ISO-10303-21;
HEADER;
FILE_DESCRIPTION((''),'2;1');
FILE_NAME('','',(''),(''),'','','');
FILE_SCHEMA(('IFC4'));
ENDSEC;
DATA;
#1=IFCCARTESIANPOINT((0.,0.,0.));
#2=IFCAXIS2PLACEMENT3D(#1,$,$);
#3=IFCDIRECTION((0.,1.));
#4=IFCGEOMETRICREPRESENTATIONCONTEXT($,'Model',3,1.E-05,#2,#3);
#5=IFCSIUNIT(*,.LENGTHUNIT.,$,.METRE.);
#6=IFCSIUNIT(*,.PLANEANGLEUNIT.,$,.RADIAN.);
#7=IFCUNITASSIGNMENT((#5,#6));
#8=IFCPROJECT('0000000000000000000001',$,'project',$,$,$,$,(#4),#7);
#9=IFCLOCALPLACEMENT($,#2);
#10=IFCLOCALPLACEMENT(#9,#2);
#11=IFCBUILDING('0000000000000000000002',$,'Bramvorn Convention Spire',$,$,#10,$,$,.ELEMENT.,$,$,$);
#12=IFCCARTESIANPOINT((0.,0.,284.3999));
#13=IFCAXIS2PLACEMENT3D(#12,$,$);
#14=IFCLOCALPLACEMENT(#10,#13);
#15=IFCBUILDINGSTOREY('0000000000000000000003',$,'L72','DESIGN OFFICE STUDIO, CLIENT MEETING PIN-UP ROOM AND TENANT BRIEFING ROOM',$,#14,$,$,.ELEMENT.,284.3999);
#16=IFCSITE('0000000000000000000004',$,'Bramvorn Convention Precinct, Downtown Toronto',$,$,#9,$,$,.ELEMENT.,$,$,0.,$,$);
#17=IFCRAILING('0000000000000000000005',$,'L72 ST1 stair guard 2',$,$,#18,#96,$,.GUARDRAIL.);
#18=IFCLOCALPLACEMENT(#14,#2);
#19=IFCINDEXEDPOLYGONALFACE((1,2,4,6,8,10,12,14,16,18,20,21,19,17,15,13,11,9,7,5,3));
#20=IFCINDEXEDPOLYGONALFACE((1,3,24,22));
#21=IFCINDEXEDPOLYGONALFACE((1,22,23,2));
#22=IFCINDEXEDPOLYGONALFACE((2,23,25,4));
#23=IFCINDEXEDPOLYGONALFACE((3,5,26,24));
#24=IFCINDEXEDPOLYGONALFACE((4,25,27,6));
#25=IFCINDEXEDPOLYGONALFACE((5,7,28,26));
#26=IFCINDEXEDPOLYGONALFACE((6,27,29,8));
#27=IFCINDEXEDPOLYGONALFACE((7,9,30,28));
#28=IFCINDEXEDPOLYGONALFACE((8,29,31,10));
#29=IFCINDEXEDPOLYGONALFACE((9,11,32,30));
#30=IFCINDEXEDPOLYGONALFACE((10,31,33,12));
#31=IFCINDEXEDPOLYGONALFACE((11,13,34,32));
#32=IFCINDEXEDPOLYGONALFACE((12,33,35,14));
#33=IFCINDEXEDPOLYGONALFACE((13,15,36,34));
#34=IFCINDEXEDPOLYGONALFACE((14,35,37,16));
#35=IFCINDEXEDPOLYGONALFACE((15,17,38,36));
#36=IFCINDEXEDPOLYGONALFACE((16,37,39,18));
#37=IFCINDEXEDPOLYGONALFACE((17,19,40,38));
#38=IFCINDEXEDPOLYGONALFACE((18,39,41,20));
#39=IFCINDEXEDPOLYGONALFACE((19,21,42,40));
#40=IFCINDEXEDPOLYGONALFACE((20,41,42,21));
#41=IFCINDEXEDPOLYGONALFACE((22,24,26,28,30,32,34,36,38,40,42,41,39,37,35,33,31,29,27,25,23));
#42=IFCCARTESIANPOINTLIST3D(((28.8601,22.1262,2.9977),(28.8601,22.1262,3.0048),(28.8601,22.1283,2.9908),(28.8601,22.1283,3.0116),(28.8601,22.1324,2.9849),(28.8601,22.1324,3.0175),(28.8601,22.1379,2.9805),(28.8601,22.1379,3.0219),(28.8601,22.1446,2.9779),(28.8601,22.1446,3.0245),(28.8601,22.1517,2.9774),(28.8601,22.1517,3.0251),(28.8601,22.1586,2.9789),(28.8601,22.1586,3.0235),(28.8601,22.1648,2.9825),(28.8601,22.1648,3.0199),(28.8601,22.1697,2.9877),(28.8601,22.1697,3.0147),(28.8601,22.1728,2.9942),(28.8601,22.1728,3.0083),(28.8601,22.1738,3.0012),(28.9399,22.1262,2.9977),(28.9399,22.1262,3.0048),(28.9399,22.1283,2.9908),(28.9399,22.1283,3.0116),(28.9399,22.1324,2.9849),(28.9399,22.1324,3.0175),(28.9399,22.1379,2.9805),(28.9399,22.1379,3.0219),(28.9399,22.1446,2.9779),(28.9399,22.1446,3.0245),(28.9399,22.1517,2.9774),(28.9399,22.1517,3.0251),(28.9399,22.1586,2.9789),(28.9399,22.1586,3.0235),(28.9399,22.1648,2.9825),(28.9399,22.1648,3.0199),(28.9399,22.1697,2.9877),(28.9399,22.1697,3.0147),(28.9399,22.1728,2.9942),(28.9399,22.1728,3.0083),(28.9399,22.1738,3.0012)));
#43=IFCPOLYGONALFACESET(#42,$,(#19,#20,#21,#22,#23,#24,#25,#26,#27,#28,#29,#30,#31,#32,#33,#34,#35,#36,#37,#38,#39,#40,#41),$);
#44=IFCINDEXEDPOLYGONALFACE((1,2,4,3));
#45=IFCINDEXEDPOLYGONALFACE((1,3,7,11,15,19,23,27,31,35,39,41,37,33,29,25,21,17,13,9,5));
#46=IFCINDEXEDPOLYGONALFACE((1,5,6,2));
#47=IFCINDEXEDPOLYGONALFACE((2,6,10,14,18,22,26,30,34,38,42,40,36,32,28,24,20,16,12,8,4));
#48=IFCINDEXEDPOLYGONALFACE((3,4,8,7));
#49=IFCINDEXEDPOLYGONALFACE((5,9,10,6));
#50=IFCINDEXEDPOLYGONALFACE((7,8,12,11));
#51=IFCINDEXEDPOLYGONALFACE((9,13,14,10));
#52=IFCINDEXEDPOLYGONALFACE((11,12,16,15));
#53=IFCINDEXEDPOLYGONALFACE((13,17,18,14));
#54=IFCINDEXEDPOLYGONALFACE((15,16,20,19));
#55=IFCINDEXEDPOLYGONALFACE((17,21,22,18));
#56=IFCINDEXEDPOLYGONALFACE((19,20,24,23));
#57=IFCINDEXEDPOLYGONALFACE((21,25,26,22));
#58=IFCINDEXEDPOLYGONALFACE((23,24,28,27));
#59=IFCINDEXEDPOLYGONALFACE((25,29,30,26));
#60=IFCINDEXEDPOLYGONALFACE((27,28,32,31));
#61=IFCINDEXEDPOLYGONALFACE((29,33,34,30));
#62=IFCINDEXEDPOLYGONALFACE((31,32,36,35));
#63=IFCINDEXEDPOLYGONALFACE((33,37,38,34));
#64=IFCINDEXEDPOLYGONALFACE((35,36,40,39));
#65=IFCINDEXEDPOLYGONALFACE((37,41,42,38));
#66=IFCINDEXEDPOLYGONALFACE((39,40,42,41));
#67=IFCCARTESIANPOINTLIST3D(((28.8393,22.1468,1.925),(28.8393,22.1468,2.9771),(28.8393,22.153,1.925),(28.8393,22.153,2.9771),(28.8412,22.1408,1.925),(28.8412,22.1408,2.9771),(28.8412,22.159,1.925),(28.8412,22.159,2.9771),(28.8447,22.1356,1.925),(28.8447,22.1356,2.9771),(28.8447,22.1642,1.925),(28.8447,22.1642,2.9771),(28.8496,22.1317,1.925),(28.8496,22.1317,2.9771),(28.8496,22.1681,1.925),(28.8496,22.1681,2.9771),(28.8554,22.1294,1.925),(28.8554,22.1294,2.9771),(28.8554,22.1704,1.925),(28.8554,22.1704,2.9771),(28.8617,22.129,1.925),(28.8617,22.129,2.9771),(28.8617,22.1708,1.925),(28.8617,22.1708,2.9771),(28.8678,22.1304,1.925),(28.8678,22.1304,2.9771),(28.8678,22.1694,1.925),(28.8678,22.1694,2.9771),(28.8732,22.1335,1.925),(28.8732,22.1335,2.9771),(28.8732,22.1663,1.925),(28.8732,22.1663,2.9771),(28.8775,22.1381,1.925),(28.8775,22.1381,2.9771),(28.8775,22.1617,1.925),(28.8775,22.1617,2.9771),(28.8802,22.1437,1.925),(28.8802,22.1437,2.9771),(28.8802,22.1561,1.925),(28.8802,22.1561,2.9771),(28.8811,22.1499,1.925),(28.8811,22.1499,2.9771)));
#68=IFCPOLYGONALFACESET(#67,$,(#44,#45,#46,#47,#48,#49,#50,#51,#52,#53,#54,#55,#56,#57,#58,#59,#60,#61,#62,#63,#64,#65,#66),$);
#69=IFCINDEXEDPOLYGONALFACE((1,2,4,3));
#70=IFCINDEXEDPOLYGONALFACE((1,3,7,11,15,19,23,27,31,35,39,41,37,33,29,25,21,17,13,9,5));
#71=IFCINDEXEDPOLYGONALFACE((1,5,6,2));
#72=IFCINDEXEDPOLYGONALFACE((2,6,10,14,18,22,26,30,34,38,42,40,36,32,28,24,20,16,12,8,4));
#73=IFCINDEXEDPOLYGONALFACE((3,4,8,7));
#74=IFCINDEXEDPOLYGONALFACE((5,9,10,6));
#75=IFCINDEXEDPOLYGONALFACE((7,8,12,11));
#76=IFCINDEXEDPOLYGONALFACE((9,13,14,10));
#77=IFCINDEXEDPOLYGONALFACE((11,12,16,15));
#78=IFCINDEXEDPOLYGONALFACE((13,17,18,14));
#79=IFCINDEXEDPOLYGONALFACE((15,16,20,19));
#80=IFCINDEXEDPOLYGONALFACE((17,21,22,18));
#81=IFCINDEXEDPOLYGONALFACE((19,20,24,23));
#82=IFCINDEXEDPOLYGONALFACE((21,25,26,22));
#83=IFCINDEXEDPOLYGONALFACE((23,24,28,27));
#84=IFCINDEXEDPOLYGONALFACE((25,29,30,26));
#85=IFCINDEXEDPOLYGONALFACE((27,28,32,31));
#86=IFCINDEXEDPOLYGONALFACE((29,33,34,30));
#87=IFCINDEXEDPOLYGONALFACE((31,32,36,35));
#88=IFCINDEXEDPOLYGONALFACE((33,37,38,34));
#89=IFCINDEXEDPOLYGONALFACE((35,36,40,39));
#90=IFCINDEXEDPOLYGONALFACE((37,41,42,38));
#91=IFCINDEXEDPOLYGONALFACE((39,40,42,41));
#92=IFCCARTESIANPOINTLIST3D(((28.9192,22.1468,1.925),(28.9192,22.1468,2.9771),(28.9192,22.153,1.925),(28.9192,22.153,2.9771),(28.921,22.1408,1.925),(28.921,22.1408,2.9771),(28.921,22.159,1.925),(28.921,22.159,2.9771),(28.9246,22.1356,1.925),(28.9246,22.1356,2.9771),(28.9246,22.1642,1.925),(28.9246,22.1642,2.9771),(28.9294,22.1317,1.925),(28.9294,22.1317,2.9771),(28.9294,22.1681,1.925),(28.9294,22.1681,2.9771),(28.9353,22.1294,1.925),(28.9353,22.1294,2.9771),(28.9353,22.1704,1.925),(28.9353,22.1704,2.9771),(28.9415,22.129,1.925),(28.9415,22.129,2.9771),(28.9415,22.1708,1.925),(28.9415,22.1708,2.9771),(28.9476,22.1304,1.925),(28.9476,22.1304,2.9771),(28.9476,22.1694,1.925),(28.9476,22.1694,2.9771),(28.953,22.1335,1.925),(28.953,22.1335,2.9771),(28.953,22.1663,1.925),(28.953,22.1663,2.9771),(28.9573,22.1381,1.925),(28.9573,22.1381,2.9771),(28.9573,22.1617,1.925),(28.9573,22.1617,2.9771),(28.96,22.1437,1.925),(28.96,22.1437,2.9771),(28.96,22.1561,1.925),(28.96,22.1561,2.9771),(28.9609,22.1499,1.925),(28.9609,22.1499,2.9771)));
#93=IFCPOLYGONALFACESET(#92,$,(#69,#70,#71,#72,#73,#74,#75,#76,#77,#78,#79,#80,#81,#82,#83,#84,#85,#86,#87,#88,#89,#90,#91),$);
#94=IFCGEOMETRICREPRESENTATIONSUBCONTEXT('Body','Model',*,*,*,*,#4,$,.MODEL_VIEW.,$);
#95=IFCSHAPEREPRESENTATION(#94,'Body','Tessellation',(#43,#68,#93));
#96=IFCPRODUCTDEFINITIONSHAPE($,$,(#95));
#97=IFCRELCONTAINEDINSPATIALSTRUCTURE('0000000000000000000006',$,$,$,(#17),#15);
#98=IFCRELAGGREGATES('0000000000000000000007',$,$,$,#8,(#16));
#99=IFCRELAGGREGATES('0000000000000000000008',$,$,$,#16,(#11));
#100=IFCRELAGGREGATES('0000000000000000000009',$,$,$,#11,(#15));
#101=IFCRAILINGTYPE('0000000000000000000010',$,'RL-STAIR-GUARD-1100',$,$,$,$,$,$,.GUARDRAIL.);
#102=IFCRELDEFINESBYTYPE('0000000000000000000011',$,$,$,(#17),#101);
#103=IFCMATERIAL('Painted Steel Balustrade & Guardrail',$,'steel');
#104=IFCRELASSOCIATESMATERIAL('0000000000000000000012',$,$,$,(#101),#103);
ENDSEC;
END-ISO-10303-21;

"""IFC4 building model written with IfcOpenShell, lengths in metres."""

from ifc_helpers import new_model, si_unit, direction, frame, origin, origin_2d, place, context, subcontext, project, spatial, circle, extrude, material, type_object, element, save


model = new_model("IFC4")

# Units and contexts
model_context = context("Model", 3, precision=1e-05, world=origin(), true_north=direction((0.0, 1.0)))
body_context = subcontext(model_context, "Body", "Model", "MODEL_VIEW")
ifc_project = project(units=[si_unit("LENGTHUNIT", "METRE"), si_unit("PLANEANGLEUNIT", "RADIAN")], contexts=[model_context])

# Site, building, storey
site_placement = place(None, origin())
site = spatial("IfcSite", under=ifc_project, at=site_placement, Name="Bramvorn Convention Precinct, Downtown Toronto", CompositionType="ELEMENT", RefElevation=0.0)
building_placement = place(site_placement, origin())
building = spatial("IfcBuilding", under=site, at=building_placement, Name="Bramvorn Convention Spire", CompositionType="ELEMENT")
storey_placement = place(building_placement, frame((0.0, 0.0, 284.3999)))
storey = spatial("IfcBuildingStorey", under=building, at=storey_placement, Name="L72", Description="DESIGN OFFICE STUDIO, CLIENT MEETING PIN-UP ROOM AND TENANT BRIEFING ROOM", CompositionType="ELEMENT", Elevation=284.3999)

# Railing
ifc_material_1 = material(Name="Painted Steel Balustrade & Guardrail", Category="steel")
railing_type_1 = type_object("IfcRailingType", Name="RL-STAIR-GUARD-1100", PredefinedType="GUARDRAIL", material=ifc_material_1)
railing_1_placement = place(storey_placement, frame((28.8601, 22.1499, 1.925)))
element("IfcRailing", 1, at=railing_1_placement, inside=storey, type_object=railing_type_1, Name="L72 ST1 stair guard 2", PredefinedType="GUARDRAIL", context=body_context, shape_type="SweptSolid", body=[
    extrude(circle(Radius=0.0239, at=origin_2d()), frame((0.0, 0.0, 1.0762), z_axis=(1.0, 0.0, 0.0), x_axis=(0.0, 1.0, 0.0)), (0.0, 0.0, 1.0), 0.0798),
    extrude(circle(Radius=0.021, at=origin_2d()), origin(), (0.0, 0.0, 1.0), 1.052),
    extrude(circle(Radius=0.021, at=origin_2d()), frame((0.0798, 0.0, 0.0)), (0.0, 0.0, 1.0), 1.052),
])

save(model, "model.ifc")
